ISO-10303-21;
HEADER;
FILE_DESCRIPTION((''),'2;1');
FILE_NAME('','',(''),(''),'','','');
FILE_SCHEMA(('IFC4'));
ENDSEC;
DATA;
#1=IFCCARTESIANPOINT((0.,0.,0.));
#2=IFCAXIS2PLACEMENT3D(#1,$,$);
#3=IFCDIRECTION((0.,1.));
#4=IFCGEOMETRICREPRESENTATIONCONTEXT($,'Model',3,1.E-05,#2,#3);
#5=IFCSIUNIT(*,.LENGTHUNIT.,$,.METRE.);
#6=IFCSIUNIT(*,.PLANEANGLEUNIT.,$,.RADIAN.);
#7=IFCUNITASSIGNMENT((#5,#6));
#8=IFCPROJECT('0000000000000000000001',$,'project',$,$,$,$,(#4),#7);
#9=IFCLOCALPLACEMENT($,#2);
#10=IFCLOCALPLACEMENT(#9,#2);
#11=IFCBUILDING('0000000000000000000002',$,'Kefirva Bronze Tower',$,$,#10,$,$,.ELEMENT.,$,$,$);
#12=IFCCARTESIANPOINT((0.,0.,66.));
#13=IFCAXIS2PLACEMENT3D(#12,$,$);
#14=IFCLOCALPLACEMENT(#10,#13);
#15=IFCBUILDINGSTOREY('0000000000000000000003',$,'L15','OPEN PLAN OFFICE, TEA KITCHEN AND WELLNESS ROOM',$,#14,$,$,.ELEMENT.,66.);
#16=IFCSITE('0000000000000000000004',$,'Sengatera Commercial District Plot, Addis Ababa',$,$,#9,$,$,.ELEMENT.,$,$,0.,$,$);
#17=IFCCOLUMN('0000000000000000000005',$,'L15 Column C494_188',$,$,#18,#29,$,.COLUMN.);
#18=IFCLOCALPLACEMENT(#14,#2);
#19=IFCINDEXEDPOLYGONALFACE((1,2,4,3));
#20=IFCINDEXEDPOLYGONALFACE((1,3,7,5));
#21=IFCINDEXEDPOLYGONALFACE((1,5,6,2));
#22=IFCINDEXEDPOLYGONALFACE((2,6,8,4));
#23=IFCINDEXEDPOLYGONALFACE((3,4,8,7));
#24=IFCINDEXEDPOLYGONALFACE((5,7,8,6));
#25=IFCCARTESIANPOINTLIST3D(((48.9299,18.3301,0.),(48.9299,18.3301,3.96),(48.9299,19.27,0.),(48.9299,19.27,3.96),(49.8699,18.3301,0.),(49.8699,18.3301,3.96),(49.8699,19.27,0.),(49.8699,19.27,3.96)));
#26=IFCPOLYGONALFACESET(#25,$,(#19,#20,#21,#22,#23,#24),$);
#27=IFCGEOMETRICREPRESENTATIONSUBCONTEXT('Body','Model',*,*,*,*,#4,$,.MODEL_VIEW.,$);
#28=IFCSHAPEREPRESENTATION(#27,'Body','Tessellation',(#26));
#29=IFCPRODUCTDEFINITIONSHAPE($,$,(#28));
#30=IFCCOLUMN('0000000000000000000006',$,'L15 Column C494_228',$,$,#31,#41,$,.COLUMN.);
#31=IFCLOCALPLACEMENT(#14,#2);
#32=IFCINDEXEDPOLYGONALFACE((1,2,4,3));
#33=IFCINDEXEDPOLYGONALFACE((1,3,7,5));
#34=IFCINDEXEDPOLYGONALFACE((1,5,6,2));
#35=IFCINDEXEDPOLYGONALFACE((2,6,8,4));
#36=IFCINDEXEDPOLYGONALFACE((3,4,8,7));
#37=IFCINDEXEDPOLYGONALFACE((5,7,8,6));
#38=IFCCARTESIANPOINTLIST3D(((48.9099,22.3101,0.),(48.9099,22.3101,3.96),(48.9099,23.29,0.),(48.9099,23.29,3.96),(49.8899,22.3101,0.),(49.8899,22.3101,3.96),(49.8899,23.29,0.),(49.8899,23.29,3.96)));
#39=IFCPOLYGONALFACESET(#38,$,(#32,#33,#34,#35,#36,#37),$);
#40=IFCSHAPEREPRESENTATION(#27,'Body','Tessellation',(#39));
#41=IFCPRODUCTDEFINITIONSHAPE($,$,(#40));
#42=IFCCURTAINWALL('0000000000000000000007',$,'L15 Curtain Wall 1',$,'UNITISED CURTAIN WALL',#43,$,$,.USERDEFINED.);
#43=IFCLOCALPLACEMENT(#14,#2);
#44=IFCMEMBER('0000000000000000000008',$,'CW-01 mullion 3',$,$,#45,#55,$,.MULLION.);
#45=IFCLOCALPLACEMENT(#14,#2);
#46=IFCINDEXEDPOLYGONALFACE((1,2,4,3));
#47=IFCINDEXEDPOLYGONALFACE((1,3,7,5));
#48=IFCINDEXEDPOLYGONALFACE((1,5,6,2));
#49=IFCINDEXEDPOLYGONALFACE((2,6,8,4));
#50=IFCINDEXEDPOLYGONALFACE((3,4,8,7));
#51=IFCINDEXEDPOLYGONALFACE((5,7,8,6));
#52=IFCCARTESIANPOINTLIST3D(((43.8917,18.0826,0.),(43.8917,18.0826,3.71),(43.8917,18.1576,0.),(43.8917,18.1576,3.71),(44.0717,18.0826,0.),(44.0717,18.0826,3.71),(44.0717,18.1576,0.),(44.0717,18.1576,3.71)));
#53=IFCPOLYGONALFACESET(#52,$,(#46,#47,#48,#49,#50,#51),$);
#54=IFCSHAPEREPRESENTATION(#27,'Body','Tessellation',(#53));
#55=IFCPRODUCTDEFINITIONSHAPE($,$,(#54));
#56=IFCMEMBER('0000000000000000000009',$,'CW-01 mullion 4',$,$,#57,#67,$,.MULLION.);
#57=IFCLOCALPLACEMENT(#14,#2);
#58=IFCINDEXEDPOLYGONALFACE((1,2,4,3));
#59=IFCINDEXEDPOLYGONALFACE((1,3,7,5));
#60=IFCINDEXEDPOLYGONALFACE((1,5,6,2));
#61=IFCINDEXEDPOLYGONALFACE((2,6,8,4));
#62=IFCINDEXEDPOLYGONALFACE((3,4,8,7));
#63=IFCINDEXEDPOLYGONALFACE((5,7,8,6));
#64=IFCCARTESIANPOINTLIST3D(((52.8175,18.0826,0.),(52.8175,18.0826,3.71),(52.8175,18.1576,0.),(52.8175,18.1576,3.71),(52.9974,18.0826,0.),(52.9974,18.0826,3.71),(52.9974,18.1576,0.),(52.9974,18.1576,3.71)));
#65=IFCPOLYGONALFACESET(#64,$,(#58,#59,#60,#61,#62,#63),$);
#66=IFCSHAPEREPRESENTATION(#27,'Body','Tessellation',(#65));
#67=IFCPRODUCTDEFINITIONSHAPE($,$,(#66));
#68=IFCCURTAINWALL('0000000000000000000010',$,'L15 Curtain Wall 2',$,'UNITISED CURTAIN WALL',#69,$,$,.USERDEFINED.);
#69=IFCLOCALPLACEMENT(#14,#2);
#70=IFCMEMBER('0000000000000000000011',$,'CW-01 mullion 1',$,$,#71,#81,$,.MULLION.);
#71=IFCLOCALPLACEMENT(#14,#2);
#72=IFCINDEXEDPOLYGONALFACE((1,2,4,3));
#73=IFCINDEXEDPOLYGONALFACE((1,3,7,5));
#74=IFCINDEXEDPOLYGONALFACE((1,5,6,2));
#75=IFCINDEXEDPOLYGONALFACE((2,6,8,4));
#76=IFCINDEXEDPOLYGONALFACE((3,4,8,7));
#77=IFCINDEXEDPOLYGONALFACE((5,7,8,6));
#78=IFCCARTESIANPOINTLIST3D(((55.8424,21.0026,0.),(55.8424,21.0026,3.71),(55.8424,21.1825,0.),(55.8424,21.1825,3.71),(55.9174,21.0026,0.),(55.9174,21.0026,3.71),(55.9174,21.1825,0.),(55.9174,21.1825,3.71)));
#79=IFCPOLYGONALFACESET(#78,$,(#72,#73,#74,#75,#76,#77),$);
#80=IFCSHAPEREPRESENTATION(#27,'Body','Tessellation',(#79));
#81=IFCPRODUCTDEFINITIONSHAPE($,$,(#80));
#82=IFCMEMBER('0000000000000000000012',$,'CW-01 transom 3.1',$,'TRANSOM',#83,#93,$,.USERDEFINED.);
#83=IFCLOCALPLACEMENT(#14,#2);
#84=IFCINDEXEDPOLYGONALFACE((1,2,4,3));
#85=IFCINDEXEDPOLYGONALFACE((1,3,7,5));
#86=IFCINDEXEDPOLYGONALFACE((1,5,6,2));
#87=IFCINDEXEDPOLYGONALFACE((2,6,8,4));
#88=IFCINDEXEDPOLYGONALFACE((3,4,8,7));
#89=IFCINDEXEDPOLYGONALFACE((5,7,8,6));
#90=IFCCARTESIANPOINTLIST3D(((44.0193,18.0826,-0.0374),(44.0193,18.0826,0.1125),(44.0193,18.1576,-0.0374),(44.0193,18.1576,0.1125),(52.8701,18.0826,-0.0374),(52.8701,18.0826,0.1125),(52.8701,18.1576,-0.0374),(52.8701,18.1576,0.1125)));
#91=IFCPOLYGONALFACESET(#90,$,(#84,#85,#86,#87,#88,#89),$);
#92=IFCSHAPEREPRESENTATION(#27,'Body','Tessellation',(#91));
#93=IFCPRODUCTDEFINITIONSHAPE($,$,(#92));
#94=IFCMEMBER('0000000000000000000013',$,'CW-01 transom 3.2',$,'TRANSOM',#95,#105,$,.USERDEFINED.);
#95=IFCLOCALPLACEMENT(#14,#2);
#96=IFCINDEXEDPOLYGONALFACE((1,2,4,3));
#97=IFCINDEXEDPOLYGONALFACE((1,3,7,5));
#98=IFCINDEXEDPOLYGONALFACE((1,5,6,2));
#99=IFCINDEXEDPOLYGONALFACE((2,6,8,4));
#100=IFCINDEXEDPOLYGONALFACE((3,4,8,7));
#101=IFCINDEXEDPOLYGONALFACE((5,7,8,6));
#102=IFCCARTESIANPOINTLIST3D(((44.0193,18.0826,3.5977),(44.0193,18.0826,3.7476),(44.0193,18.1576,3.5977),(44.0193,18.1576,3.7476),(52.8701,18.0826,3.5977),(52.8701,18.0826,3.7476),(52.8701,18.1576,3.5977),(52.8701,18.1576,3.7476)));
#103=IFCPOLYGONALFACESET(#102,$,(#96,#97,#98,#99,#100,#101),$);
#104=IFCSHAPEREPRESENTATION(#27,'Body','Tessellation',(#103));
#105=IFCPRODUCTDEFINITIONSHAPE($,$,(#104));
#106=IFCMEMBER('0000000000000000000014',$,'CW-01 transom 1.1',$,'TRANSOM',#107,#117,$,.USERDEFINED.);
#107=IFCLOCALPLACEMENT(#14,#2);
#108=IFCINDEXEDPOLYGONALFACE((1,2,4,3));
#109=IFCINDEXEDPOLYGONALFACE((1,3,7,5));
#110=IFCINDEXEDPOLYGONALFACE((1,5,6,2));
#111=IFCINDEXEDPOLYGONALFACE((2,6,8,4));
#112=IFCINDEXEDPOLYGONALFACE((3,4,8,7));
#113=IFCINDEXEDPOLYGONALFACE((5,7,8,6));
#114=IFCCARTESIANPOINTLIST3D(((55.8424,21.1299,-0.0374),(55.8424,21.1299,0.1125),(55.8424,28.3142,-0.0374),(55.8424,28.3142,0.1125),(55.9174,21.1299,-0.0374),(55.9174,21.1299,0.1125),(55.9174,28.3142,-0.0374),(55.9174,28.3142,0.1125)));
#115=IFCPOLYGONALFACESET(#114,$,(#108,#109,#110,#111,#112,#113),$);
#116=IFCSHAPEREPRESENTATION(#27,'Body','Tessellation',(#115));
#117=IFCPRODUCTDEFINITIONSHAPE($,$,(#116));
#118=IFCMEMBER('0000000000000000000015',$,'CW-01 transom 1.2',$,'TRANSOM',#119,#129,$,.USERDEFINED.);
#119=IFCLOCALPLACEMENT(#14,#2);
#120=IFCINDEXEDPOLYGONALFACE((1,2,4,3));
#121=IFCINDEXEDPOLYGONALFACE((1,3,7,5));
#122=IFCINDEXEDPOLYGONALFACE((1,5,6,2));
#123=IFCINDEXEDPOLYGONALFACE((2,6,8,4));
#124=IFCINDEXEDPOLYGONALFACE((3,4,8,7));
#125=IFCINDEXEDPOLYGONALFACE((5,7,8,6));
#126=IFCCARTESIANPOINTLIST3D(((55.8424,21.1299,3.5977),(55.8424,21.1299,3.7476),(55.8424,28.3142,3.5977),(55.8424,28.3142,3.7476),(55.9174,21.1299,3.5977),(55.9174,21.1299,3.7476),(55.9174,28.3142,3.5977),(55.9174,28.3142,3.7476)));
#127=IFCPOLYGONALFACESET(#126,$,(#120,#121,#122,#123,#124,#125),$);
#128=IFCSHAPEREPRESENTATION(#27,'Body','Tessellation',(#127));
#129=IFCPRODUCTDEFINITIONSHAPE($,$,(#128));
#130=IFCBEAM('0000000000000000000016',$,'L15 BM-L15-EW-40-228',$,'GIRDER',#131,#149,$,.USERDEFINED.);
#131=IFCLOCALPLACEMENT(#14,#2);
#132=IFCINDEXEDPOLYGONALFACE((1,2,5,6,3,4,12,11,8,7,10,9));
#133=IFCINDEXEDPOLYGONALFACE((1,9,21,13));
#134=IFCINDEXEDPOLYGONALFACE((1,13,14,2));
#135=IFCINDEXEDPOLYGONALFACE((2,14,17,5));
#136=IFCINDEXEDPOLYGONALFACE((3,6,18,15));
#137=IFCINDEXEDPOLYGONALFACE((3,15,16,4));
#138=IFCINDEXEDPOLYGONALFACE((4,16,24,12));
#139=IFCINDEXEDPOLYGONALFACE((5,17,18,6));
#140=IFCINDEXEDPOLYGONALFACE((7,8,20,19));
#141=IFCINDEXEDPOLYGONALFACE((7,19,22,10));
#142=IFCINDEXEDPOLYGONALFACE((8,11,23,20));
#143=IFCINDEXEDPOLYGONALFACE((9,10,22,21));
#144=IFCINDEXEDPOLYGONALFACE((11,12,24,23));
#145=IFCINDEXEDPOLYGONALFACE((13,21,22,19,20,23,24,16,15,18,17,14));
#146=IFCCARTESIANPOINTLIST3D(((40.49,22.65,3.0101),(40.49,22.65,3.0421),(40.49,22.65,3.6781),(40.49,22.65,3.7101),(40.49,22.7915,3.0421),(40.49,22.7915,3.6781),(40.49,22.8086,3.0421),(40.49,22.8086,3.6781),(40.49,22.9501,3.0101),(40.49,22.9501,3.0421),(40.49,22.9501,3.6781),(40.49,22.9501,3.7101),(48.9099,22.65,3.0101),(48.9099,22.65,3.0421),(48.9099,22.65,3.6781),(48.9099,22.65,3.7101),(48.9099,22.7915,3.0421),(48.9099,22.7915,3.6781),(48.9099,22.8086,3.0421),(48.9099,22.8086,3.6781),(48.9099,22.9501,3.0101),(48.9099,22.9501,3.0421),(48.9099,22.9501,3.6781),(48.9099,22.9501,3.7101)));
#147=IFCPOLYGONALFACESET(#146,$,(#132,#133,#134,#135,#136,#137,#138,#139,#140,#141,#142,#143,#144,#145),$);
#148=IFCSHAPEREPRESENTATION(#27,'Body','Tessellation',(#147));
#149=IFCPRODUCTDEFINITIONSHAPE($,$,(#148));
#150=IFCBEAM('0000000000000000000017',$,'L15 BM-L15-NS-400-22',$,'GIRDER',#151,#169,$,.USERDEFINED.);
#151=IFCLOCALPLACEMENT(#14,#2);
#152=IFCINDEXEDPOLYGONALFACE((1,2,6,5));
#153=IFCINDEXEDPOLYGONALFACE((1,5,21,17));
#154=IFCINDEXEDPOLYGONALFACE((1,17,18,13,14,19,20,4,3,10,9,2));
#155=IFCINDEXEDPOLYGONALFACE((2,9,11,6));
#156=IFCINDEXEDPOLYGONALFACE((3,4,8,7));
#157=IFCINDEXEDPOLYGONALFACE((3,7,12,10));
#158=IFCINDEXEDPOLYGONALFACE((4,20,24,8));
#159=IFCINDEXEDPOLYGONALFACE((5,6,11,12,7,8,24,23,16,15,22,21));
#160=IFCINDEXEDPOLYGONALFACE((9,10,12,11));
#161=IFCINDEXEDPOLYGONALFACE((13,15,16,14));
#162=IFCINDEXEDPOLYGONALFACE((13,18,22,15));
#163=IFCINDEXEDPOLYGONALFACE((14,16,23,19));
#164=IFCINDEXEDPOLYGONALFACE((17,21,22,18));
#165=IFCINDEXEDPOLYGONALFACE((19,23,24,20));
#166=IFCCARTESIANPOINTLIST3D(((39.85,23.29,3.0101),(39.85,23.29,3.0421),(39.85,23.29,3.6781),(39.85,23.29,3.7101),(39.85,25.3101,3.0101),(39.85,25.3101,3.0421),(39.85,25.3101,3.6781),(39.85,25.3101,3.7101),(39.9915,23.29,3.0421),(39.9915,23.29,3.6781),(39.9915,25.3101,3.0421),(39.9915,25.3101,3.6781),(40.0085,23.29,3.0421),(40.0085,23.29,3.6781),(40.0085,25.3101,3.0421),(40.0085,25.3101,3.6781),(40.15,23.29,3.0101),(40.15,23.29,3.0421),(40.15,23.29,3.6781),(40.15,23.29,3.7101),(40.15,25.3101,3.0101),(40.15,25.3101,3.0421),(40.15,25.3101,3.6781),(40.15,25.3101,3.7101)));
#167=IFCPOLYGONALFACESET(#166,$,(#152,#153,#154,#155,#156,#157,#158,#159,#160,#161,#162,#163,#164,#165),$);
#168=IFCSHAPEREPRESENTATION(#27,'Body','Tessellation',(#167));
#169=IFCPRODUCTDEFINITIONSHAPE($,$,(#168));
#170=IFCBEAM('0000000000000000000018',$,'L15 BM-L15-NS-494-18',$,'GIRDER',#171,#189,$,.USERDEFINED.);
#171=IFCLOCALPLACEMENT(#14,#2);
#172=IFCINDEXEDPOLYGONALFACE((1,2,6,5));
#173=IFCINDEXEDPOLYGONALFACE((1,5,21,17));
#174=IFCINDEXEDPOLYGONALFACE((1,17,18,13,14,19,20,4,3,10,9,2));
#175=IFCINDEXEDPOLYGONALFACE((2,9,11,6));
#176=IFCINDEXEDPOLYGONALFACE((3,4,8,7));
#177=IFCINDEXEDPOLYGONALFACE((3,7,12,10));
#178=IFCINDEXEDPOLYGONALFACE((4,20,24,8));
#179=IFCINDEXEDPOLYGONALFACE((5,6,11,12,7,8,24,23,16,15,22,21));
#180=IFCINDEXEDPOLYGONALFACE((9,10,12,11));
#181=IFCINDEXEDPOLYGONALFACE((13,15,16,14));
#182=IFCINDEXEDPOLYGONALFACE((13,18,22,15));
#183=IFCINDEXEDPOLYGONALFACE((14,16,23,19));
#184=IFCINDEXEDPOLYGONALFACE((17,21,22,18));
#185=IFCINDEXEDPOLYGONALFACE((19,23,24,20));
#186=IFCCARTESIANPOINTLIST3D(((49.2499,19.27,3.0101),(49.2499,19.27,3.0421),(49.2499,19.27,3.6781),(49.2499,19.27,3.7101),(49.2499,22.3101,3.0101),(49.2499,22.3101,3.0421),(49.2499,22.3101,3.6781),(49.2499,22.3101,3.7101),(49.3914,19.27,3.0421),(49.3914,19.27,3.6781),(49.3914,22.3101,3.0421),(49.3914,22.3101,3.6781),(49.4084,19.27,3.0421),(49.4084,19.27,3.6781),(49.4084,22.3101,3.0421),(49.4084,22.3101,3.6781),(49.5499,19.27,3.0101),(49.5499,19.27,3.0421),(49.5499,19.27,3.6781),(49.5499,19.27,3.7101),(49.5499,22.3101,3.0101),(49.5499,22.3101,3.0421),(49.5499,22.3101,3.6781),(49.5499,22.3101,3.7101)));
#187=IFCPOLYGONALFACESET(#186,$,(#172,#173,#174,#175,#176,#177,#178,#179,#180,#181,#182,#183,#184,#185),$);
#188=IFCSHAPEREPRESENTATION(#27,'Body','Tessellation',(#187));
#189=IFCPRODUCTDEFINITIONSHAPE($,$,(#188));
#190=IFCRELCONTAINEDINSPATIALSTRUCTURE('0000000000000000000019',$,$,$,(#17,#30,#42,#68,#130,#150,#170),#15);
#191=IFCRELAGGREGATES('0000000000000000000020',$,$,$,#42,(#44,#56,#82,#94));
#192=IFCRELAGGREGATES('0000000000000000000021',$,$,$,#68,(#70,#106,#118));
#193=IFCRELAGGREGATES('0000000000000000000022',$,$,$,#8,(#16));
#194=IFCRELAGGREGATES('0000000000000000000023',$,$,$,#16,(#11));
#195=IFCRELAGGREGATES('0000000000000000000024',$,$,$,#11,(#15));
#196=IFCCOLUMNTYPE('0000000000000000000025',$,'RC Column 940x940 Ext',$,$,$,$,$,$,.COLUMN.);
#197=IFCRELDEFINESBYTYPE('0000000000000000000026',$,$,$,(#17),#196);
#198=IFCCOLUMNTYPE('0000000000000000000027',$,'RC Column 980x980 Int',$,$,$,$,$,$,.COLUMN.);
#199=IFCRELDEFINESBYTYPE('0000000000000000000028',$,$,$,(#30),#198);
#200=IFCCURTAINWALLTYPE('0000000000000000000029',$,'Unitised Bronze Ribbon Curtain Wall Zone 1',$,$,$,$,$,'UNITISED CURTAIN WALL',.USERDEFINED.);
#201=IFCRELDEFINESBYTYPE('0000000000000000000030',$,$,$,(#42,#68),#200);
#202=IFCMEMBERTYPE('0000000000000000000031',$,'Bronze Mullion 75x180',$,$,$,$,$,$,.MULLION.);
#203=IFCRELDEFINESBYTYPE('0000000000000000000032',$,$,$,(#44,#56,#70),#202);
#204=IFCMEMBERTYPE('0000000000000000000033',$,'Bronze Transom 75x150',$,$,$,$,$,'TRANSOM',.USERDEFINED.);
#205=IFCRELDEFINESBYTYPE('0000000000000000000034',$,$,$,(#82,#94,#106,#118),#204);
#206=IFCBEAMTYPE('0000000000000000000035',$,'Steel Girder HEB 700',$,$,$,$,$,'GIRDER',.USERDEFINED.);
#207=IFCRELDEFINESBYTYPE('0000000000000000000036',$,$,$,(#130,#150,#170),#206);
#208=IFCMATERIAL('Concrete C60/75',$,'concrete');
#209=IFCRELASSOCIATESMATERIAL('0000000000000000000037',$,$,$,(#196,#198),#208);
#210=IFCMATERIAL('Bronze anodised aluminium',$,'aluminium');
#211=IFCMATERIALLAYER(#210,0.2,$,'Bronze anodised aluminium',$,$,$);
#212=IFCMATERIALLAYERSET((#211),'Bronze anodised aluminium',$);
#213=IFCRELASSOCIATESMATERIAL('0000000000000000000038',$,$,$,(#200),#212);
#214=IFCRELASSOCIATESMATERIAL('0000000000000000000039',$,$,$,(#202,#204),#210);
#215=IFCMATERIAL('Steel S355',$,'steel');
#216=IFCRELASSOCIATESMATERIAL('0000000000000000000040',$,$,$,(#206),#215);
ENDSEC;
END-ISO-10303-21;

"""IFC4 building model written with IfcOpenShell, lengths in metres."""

from ifc_helpers import new_model, si_unit, direction, frame, origin, origin_2d, place, context, subcontext, project, spatial, rectangle, i_section, extrude, material, layer, layer_set, material_profile, profile_set, type_object, element, aggregate, save


model = new_model("IFC4")

# Units and contexts
model_context = context("Model", 3, precision=1e-05, world=origin(), true_north=direction((0.0, 1.0)))
body_context = subcontext(model_context, "Body", "Model", "MODEL_VIEW")
ifc_project = project(units=[si_unit("LENGTHUNIT", "METRE"), si_unit("PLANEANGLEUNIT", "RADIAN")], contexts=[model_context])

# Site, building, storey
site_placement = place(None, origin())
site = spatial("IfcSite", under=ifc_project, at=site_placement, Name="Sengatera Commercial District Plot, Addis Ababa", CompositionType="ELEMENT", RefElevation=0.0)
building_placement = place(site_placement, origin())
building = spatial("IfcBuilding", under=site, at=building_placement, Name="Kefirva Bronze Tower", CompositionType="ELEMENT")
storey_placement = place(building_placement, frame((0.0, 0.0, 66.0)))
storey = spatial("IfcBuildingStorey", under=building, at=storey_placement, Name="L15", Description="OPEN PLAN OFFICE, TEA KITCHEN AND WELLNESS ROOM", CompositionType="ELEMENT", Elevation=66.0)

# Columns
ifc_material_1 = material(Name="Concrete C60/75", Category="concrete")
ifc_material_profile_1 = material_profile(ifc_material_1, rectangle(XDim=0.9399, YDim=0.9399, at=origin_2d()), Name="RC 940x940")
ifc_profile_set_1 = profile_set([ifc_material_profile_1], Name="Concrete C60/75")
column_type_1 = type_object("IfcColumnType", Name="RC Column 940x940 Ext", PredefinedType="COLUMN", material=ifc_profile_set_1)
column_1_placement = place(storey_placement, frame((49.3999, 18.8, 0.0), z_axis=(0.0, 0.0, 1.0), x_axis=(1.0, 0.0, 0.0)))
element("IfcColumn", 1, at=column_1_placement, inside=storey, type_object=column_type_1, Name="L15 Column C494_188", PredefinedType="COLUMN", context=body_context, shape_type="SweptSolid", body=[
    extrude(rectangle(XDim=0.9399, YDim=0.9399, at=origin_2d()), origin(), (0.0, 0.0, 1.0), 3.96),
])
ifc_material_profile_2 = material_profile(ifc_material_1, rectangle(XDim=0.98, YDim=0.98, at=origin_2d()), Name="RC 980x980")
ifc_profile_set_2 = profile_set([ifc_material_profile_2], Name="Concrete C60/75")
column_type_2 = type_object("IfcColumnType", Name="RC Column 980x980 Int", PredefinedType="COLUMN", material=ifc_profile_set_2)
column_2_placement = place(storey_placement, frame((49.3999, 22.8, 0.0), z_axis=(0.0, 0.0, 1.0), x_axis=(1.0, 0.0, 0.0)))
element("IfcColumn", 2, at=column_2_placement, inside=storey, type_object=column_type_2, Name="L15 Column C494_228", PredefinedType="COLUMN", context=body_context, shape_type="SweptSolid", body=[
    extrude(rectangle(XDim=0.98, YDim=0.98, at=origin_2d()), origin(), (0.0, 0.0, 1.0), 3.96),
])

# Curtain wall, members
ifc_material_2 = material(Name="Bronze anodised aluminium", Category="aluminium")
ifc_layer_1 = layer(ifc_material_2, 0.2, Name="Bronze anodised aluminium")
ifc_layer_set_1 = layer_set([ifc_layer_1], Name="Bronze anodised aluminium")
curtain_wall_type = type_object("IfcCurtainWallType", Name="Unitised Bronze Ribbon Curtain Wall Zone 1", ElementType="UNITISED CURTAIN WALL", PredefinedType="USERDEFINED", material=ifc_layer_set_1)
curtain_wall_1_placement = place(storey_placement, origin())
curtain_wall_1 = element("IfcCurtainWall", 3, at=curtain_wall_1_placement, inside=storey, type_object=curtain_wall_type, Name="L15 Curtain Wall 1", ObjectType="UNITISED CURTAIN WALL", PredefinedType="USERDEFINED")
ifc_material_profile_3 = material_profile(ifc_material_2, rectangle(XDim=0.075, YDim=0.1799, at=origin_2d()), Name="ALU 75x180")
ifc_profile_set_3 = profile_set([ifc_material_profile_3], Name="Bronze anodised aluminium")
member_type_1 = type_object("IfcMemberType", Name="Bronze Mullion 75x180", PredefinedType="MULLION", material=ifc_profile_set_3)
member_1_placement = place(storey_placement, frame((43.9817, 18.1201, 0.0), z_axis=(0.0, 0.0, 1.0), x_axis=(0.0, 1.0, 0.0)))
member_1 = element("IfcMember", 4, at=member_1_placement, type_object=member_type_1, Name="CW-01 mullion 3", PredefinedType="MULLION", context=body_context, shape_type="SweptSolid", body=[
    extrude(rectangle(XDim=0.075, YDim=0.1799, at=origin_2d()), origin(), (0.0, 0.0, 1.0), 3.71),
])
member_2_placement = place(storey_placement, frame((52.9075, 18.1201, 0.0), z_axis=(0.0, 0.0, 1.0), x_axis=(0.0, 1.0, 0.0)))
member_2 = element("IfcMember", 5, at=member_2_placement, type_object=member_type_1, Name="CW-01 mullion 4", PredefinedType="MULLION", context=body_context, shape_type="SweptSolid", body=[
    extrude(rectangle(XDim=0.075, YDim=0.1799, at=origin_2d()), origin(), (0.0, 0.0, 1.0), 3.71),
])

# Curtain wall, member
curtain_wall_2_placement = place(storey_placement, origin())
curtain_wall_2 = element("IfcCurtainWall", 6, at=curtain_wall_2_placement, inside=storey, type_object=curtain_wall_type, Name="L15 Curtain Wall 2", ObjectType="UNITISED CURTAIN WALL", PredefinedType="USERDEFINED")
member_3_placement = place(storey_placement, frame((55.8799, 21.0925, 0.0), z_axis=(0.0, 0.0, 1.0), x_axis=(-1.0, 0.0, 0.0)))
member_3 = element("IfcMember", 7, at=member_3_placement, type_object=member_type_1, Name="CW-01 mullion 1", PredefinedType="MULLION", context=body_context, shape_type="SweptSolid", body=[
    extrude(rectangle(XDim=0.075, YDim=0.1799, at=origin_2d()), origin(), (0.0, 0.0, 1.0), 3.71),
])

# Members
ifc_material_profile_4 = material_profile(ifc_material_2, rectangle(XDim=0.075, YDim=0.1499, at=origin_2d()), Name="ALU 75x150")
ifc_profile_set_4 = profile_set([ifc_material_profile_4], Name="Bronze anodised aluminium")
member_type_2 = type_object("IfcMemberType", Name="Bronze Transom 75x150", ElementType="TRANSOM", PredefinedType="USERDEFINED", material=ifc_profile_set_4)
member_4_placement = place(storey_placement, frame((44.0193, 18.1201, 0.0376), z_axis=(1.0, 0.0, 0.0), x_axis=(0.0, 1.0, 0.0)))
member_4 = element("IfcMember", 8, at=member_4_placement, type_object=member_type_2, Name="CW-01 transom 3.1", ObjectType="TRANSOM", PredefinedType="USERDEFINED", context=body_context, shape_type="SweptSolid", body=[
    extrude(rectangle(XDim=0.075, YDim=0.1499, at=origin_2d()), origin(), (0.0, 0.0, 1.0), 8.8508),
])
member_5_placement = place(storey_placement, frame((44.0193, 18.1201, 3.6726), z_axis=(1.0, 0.0, 0.0), x_axis=(0.0, 1.0, 0.0)))
member_5 = element("IfcMember", 9, at=member_5_placement, type_object=member_type_2, Name="CW-01 transom 3.2", ObjectType="TRANSOM", PredefinedType="USERDEFINED", context=body_context, shape_type="SweptSolid", body=[
    extrude(rectangle(XDim=0.075, YDim=0.1499, at=origin_2d()), origin(), (0.0, 0.0, 1.0), 8.8508),
])
member_6_placement = place(storey_placement, frame((55.8799, 21.1299, 0.0376), z_axis=(0.0, 1.0, 0.0), x_axis=(-1.0, 0.0, 0.0)))
member_6 = element("IfcMember", 10, at=member_6_placement, type_object=member_type_2, Name="CW-01 transom 1.1", ObjectType="TRANSOM", PredefinedType="USERDEFINED", context=body_context, shape_type="SweptSolid", body=[
    extrude(rectangle(XDim=0.075, YDim=0.1499, at=origin_2d()), origin(), (0.0, 0.0, 1.0), 7.1843),
])
member_7_placement = place(storey_placement, frame((55.8799, 21.1299, 3.6726), z_axis=(0.0, 1.0, 0.0), x_axis=(-1.0, 0.0, 0.0)))
member_7 = element("IfcMember", 11, at=member_7_placement, type_object=member_type_2, Name="CW-01 transom 1.2", ObjectType="TRANSOM", PredefinedType="USERDEFINED", context=body_context, shape_type="SweptSolid", body=[
    extrude(rectangle(XDim=0.075, YDim=0.1499, at=origin_2d()), origin(), (0.0, 0.0, 1.0), 7.1843),
])

# Beams
ifc_material_3 = material(Name="Steel S355", Category="steel")
ifc_material_profile_5 = material_profile(ifc_material_3, i_section(OverallWidth=0.3, OverallDepth=0.7, WebThickness=0.0171, FlangeThickness=0.032, at=origin_2d()), Name="HEB 700")
ifc_profile_set_5 = profile_set([ifc_material_profile_5], Name="Steel S355")
beam_type_1 = type_object("IfcBeamType", Name="Steel Girder HEB 700", ElementType="GIRDER", PredefinedType="USERDEFINED", material=ifc_profile_set_5)
beam_1_placement = place(storey_placement, frame((40.49, 22.8, 3.3601), z_axis=(1.0, 0.0, 0.0), x_axis=(0.0, 1.0, 0.0)))
element("IfcBeam", 12, at=beam_1_placement, inside=storey, type_object=beam_type_1, Name="L15 BM-L15-EW-40-228", ObjectType="GIRDER", PredefinedType="USERDEFINED", context=body_context, shape_type="SweptSolid", body=[
    extrude(i_section(OverallWidth=0.3, OverallDepth=0.7, WebThickness=0.0171, FlangeThickness=0.032, at=origin_2d()), origin(), (0.0, 0.0, 1.0), 8.4199),
])
beam_2_placement = place(storey_placement, frame((40.0, 23.29, 3.3601), z_axis=(0.0, 1.0, 0.0), x_axis=(-1.0, 0.0, 0.0)))
element("IfcBeam", 13, at=beam_2_placement, inside=storey, type_object=beam_type_1, Name="L15 BM-L15-NS-400-22", ObjectType="GIRDER", PredefinedType="USERDEFINED", context=body_context, shape_type="SweptSolid", body=[
    extrude(i_section(OverallWidth=0.3, OverallDepth=0.7, WebThickness=0.0171, FlangeThickness=0.032, at=origin_2d()), origin(), (0.0, 0.0, 1.0), 2.02),
])
beam_3_placement = place(storey_placement, frame((49.3999, 19.27, 3.3601), z_axis=(0.0, 1.0, 0.0), x_axis=(-1.0, 0.0, 0.0)))
element("IfcBeam", 14, at=beam_3_placement, inside=storey, type_object=beam_type_1, Name="L15 BM-L15-NS-494-18", ObjectType="GIRDER", PredefinedType="USERDEFINED", context=body_context, shape_type="SweptSolid", body=[
    extrude(i_section(OverallWidth=0.3, OverallDepth=0.7, WebThickness=0.0171, FlangeThickness=0.032, at=origin_2d()), origin(), (0.0, 0.0, 1.0), 3.04),
])

aggregate(curtain_wall_1, [member_1, member_2, member_4, member_5])
aggregate(curtain_wall_2, [member_3, member_6, member_7])

save(model, "model.ifc")
